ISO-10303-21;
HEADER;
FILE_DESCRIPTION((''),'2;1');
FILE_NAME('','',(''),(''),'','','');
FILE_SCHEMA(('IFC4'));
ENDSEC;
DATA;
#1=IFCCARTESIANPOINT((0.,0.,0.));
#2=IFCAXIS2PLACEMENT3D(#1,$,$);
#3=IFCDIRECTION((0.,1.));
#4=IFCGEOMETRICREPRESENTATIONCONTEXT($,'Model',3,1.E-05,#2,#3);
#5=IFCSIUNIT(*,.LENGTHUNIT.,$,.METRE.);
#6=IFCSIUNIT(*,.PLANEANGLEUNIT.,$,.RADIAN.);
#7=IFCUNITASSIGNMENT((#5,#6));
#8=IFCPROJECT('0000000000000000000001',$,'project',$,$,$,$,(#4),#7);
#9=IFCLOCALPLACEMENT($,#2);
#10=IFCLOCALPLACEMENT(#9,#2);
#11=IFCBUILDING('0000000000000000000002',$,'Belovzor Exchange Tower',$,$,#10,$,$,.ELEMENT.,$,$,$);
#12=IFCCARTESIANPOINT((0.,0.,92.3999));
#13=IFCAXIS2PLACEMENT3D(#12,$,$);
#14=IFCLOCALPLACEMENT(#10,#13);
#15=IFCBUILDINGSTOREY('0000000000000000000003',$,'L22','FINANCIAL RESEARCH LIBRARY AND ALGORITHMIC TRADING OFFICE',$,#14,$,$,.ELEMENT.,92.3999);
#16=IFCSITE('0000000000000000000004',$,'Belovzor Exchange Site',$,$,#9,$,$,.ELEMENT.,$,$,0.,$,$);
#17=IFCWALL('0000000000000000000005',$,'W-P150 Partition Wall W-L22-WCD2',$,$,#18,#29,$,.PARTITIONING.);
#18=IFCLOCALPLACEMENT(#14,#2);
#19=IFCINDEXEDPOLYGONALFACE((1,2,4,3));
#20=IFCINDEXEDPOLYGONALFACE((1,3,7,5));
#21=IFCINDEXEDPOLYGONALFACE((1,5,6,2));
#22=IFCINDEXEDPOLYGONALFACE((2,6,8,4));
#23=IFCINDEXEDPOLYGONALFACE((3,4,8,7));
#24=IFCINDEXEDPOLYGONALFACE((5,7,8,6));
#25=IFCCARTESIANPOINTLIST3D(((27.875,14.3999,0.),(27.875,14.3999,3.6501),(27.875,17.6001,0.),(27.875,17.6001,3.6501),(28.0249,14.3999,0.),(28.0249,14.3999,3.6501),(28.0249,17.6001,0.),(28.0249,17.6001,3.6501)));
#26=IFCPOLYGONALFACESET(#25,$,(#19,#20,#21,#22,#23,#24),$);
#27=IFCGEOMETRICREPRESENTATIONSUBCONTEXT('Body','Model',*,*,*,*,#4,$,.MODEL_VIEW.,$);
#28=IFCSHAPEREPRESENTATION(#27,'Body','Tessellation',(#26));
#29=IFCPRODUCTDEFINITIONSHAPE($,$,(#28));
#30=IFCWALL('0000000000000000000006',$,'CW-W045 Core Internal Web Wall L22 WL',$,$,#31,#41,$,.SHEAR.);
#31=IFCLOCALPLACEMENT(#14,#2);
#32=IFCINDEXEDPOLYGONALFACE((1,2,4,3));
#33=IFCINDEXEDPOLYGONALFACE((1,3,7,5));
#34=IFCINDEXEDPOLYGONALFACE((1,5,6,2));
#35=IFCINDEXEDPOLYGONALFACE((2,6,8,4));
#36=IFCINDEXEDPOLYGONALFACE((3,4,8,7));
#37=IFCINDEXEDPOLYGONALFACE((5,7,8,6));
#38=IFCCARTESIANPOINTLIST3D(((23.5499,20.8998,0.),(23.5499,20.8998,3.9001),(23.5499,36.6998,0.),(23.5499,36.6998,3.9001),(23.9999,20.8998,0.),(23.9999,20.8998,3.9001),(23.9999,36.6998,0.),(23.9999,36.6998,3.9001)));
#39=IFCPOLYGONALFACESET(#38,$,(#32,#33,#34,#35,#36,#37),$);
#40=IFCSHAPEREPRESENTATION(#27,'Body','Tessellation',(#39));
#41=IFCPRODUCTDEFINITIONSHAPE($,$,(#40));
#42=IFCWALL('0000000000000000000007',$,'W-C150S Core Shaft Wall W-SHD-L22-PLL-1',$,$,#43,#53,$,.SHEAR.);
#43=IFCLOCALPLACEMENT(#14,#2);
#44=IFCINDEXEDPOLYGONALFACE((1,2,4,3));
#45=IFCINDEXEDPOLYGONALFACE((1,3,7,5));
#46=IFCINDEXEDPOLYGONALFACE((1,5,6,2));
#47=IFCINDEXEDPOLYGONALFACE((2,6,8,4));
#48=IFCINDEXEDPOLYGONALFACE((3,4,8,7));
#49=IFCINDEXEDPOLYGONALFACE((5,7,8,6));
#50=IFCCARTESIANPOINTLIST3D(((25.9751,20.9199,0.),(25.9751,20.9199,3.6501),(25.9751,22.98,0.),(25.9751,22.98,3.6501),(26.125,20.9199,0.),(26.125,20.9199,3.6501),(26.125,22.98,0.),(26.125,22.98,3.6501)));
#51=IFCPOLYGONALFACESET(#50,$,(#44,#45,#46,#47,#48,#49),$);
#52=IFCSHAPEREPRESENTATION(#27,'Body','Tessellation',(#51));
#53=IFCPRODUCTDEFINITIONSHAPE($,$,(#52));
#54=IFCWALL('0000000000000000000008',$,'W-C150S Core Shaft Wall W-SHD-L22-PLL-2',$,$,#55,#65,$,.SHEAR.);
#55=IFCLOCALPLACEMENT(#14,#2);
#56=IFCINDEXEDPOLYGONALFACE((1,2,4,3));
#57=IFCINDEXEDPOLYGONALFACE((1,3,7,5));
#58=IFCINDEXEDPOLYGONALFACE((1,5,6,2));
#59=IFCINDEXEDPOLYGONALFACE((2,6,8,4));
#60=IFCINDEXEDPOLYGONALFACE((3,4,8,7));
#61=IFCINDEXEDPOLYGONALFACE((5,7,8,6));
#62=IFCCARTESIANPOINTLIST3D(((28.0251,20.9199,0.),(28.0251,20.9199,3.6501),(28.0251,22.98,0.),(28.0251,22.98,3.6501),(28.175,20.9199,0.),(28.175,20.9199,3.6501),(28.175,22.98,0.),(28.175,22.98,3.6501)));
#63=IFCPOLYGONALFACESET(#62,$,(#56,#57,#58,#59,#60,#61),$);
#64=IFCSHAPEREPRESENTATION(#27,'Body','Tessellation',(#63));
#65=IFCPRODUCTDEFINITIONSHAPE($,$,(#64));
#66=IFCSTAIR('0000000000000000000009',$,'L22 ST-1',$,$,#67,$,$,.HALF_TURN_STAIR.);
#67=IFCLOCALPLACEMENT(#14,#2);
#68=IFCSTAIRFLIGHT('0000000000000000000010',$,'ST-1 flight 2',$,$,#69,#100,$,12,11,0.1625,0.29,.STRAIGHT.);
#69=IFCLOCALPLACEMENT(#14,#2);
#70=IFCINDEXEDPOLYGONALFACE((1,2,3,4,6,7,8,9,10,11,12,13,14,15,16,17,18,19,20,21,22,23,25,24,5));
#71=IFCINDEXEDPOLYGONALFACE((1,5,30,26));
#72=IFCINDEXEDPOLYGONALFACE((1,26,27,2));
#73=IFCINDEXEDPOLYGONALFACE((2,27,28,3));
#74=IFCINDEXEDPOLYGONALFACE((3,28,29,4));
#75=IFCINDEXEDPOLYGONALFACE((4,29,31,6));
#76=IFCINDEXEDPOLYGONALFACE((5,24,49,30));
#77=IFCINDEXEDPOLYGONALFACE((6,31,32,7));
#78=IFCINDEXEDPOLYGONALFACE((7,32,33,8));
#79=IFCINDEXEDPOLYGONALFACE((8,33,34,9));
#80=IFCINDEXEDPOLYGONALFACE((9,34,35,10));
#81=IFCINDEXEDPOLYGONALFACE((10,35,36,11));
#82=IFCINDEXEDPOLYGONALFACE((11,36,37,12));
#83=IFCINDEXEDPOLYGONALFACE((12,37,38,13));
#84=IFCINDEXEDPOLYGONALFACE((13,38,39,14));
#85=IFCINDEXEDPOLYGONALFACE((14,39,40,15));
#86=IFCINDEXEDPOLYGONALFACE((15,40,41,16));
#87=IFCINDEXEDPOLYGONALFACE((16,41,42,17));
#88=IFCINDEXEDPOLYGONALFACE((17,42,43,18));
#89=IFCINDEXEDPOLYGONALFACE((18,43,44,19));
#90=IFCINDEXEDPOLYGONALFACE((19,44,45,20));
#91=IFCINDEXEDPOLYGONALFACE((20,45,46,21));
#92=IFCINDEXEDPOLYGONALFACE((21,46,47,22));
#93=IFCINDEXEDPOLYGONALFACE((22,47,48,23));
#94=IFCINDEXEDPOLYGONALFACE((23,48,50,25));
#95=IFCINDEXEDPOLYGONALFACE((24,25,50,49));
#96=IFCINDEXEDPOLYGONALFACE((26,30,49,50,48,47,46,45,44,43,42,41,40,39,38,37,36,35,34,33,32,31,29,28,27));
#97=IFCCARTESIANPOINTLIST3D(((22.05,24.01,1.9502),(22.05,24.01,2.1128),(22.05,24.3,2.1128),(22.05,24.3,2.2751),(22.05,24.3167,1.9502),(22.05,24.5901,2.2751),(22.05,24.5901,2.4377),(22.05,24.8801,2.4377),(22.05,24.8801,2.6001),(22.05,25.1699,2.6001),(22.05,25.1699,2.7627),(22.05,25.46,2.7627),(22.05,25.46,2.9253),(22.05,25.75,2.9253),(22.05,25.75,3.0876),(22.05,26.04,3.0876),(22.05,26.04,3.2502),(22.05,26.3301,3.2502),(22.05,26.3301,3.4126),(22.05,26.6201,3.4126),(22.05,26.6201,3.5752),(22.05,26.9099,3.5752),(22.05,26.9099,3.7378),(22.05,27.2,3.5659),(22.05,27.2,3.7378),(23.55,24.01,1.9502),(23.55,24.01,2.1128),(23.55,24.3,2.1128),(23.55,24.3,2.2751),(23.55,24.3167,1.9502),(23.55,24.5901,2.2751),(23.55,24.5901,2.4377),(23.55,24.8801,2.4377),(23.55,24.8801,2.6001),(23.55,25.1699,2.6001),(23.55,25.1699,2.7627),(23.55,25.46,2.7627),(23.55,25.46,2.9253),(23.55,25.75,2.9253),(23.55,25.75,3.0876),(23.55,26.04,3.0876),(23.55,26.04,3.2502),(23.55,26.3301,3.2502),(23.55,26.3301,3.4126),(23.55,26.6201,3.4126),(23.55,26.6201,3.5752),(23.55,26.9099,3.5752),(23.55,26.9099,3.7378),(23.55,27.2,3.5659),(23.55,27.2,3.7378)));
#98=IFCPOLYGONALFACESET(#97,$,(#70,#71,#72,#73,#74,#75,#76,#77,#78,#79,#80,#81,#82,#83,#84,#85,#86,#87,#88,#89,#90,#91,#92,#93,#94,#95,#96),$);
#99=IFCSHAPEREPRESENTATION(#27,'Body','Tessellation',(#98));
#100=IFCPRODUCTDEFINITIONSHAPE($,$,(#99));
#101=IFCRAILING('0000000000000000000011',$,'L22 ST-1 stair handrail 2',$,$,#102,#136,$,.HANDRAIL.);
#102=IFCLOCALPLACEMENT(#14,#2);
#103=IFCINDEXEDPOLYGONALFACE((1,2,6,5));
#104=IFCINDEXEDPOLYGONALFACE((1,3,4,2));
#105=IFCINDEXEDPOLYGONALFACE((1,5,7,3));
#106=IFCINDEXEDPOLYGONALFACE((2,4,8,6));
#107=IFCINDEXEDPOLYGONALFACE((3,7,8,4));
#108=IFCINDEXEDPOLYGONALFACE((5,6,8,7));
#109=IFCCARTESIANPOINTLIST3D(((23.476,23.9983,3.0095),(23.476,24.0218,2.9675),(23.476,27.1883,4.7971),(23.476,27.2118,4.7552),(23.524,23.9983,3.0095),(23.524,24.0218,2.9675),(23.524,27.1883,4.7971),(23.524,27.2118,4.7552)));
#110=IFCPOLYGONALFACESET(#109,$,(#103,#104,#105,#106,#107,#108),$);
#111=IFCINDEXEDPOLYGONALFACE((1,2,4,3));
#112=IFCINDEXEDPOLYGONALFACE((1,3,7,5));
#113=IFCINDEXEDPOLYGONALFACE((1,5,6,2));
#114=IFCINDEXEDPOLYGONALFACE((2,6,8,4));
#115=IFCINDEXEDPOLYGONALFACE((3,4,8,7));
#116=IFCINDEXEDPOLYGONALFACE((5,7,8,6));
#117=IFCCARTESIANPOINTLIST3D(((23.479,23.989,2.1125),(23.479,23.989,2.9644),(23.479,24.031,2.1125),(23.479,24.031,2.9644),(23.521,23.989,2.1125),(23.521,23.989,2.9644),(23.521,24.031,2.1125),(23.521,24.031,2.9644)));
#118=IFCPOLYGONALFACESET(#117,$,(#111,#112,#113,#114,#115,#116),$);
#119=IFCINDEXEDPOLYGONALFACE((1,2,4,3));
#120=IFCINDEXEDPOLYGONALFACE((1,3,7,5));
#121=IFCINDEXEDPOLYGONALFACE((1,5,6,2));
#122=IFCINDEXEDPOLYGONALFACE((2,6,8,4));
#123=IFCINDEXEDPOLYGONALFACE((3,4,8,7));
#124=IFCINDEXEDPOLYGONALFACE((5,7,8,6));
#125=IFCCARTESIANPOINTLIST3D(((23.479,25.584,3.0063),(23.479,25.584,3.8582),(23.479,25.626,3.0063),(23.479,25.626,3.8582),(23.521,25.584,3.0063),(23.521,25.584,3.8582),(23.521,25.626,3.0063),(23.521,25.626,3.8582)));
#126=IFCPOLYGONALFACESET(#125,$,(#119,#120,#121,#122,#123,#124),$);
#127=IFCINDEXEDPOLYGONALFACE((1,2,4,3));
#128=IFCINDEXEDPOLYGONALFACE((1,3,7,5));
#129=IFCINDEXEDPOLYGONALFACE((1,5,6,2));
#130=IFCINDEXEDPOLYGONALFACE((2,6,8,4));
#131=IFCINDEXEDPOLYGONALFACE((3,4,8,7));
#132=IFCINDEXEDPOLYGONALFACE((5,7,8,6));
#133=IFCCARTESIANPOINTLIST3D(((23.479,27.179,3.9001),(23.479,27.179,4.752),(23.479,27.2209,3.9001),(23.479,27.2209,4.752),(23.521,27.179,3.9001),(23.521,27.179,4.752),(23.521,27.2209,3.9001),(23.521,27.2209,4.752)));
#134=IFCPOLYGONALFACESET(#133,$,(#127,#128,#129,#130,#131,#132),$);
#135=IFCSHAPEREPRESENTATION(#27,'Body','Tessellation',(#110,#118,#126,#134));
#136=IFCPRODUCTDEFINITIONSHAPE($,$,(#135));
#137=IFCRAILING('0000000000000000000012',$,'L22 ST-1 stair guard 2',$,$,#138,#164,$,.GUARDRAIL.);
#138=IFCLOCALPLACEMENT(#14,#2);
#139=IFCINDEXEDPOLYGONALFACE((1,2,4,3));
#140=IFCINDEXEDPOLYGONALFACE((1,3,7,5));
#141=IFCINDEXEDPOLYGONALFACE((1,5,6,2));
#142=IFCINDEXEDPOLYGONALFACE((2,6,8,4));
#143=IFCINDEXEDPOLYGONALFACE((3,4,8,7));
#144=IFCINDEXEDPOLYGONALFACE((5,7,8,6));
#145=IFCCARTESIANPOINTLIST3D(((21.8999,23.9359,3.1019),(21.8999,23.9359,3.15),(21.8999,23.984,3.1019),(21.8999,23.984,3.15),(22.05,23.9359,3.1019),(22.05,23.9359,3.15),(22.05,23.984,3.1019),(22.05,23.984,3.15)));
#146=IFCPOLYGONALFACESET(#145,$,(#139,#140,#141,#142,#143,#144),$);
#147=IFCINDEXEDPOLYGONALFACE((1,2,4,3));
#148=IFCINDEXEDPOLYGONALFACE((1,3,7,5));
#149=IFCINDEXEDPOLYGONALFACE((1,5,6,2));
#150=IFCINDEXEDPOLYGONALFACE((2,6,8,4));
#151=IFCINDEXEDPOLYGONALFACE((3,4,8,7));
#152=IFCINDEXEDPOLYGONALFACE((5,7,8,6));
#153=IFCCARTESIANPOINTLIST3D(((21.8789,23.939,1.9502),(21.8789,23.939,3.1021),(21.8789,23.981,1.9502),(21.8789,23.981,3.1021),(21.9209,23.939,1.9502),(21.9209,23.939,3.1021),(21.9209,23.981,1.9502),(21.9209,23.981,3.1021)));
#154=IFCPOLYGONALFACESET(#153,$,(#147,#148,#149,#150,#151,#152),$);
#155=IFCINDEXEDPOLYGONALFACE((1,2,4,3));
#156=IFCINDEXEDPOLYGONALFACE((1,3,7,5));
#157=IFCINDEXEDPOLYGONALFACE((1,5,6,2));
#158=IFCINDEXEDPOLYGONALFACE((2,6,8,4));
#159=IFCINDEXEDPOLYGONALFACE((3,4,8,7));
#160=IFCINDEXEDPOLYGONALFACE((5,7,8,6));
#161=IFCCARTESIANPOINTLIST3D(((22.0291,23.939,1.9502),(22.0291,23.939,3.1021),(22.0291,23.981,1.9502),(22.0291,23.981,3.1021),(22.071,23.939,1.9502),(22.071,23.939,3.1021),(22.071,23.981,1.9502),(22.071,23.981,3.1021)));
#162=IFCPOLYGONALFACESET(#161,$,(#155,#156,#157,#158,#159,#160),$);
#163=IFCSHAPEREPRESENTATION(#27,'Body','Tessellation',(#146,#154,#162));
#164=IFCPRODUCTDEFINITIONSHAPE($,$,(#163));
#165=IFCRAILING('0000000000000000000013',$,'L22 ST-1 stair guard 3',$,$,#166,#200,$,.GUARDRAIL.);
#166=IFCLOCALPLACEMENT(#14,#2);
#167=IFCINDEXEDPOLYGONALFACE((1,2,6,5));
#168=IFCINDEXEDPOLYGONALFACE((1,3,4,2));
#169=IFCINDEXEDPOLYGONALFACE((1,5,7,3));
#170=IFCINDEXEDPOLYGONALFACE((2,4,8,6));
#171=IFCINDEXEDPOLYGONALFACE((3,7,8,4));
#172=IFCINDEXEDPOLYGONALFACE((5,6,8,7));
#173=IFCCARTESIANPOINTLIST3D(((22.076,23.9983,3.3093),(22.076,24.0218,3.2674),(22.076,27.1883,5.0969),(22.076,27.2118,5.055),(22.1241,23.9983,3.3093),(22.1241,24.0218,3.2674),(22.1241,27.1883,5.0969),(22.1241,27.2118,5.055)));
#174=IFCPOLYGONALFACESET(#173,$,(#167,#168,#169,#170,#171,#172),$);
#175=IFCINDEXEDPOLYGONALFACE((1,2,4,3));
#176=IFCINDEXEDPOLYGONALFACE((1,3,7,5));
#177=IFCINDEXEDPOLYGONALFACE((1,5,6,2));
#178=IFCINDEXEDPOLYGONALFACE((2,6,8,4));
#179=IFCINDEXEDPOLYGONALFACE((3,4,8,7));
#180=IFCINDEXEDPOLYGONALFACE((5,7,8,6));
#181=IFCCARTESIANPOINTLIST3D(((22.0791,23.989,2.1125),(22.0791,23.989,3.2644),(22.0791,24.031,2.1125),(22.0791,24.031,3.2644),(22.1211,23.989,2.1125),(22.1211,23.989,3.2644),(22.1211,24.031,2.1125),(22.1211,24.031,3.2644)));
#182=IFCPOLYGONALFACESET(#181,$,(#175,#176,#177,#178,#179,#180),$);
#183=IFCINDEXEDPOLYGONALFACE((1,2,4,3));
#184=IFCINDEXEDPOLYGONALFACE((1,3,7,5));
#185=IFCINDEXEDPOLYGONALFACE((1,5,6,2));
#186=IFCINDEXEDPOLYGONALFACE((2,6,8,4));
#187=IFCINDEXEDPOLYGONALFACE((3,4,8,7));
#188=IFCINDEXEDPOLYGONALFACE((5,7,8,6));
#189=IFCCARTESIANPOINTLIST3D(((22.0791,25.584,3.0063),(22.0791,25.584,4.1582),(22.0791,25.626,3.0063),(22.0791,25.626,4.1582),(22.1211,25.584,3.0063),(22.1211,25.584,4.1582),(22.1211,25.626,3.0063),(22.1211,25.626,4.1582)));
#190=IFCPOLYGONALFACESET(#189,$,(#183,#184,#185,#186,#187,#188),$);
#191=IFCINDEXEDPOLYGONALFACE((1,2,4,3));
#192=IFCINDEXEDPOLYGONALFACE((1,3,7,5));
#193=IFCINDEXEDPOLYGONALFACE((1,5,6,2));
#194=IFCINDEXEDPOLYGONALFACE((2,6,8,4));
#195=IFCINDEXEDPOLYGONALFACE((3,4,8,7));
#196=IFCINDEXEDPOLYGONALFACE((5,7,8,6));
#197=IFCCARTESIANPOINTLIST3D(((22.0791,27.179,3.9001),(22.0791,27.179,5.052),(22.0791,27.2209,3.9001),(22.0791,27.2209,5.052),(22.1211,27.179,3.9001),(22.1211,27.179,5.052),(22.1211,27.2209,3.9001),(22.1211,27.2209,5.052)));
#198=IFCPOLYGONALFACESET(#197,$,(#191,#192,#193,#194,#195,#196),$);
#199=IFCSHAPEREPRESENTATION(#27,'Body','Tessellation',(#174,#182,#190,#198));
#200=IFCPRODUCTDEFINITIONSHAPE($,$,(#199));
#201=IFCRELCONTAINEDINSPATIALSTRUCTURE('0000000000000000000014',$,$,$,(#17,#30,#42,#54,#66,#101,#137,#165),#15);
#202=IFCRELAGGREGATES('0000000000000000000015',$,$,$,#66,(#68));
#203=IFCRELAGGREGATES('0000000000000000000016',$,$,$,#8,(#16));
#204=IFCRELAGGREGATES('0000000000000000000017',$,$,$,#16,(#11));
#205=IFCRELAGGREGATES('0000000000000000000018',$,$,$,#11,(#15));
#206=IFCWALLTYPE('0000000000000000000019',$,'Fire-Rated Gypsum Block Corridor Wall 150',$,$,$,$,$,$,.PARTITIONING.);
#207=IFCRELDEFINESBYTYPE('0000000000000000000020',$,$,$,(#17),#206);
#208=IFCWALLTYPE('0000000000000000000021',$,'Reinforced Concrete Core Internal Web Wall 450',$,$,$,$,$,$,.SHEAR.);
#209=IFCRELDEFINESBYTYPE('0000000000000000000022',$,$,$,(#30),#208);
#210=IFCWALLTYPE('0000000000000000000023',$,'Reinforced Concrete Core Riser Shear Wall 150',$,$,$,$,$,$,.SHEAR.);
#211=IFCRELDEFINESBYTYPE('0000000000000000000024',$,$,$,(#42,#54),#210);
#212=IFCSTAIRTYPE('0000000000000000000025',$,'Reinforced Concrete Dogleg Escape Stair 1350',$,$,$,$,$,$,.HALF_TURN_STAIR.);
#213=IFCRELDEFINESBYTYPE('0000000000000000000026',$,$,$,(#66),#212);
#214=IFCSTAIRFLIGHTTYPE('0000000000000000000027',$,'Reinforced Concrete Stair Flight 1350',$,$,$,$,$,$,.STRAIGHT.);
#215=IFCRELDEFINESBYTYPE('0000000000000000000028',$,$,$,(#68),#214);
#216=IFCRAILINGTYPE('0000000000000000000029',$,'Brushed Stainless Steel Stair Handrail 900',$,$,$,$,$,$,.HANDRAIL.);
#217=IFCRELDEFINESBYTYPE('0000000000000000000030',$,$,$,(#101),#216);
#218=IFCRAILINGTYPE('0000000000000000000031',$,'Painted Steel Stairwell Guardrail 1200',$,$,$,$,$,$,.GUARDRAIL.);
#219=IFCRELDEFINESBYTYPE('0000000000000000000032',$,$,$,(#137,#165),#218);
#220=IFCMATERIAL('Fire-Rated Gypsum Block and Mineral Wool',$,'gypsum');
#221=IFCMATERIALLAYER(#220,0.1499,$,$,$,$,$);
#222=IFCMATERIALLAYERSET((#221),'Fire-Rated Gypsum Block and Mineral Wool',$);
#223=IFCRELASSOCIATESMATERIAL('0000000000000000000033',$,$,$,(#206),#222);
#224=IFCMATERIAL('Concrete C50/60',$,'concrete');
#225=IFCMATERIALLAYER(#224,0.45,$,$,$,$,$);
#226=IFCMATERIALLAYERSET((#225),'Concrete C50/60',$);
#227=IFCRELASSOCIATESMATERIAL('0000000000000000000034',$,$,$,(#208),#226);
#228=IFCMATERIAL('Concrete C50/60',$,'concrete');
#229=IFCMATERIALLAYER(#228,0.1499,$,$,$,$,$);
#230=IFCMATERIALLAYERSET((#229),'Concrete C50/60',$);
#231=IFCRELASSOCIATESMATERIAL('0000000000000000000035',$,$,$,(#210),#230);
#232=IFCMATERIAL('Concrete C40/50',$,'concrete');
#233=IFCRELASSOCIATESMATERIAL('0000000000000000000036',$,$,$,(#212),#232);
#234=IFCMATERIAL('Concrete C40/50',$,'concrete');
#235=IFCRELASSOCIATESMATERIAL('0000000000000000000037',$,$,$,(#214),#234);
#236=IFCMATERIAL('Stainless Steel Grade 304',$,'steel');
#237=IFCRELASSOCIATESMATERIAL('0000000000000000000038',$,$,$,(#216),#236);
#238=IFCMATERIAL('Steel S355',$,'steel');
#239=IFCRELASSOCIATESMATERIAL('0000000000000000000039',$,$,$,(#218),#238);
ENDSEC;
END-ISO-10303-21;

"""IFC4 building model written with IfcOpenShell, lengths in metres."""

from ifc_helpers import new_model, si_unit, direction, frame, frame_2d, origin, origin_2d, place, context, subcontext, project, spatial, polyline, rectangle, outline, extrude, material, layer, layer_set, type_object, element, aggregate, save


model = new_model("IFC4")

# Units and contexts
model_context = context("Model", 3, precision=1e-05, world=origin(), true_north=direction((0.0, 1.0)))
body_context = subcontext(model_context, "Body", "Model", "MODEL_VIEW")
ifc_project = project(units=[si_unit("LENGTHUNIT", "METRE"), si_unit("PLANEANGLEUNIT", "RADIAN")], contexts=[model_context])

# Site, building, storey
site_placement = place(None, origin())
site = spatial("IfcSite", under=ifc_project, at=site_placement, Name="Belovzor Exchange Site", CompositionType="ELEMENT", RefElevation=0.0)
building_placement = place(site_placement, origin())
building = spatial("IfcBuilding", under=site, at=building_placement, Name="Belovzor Exchange Tower", CompositionType="ELEMENT")
storey_placement = place(building_placement, frame((0.0, 0.0, 92.3999)))
storey = spatial("IfcBuildingStorey", under=building, at=storey_placement, Name="L22", Description="FINANCIAL RESEARCH LIBRARY AND ALGORITHMIC TRADING OFFICE", CompositionType="ELEMENT", Elevation=92.3999)

# Walls
ifc_material_1 = material(Name="Fire-Rated Gypsum Block and Mineral Wool", Category="gypsum")
ifc_layer_1 = layer(ifc_material_1, 0.1499)
ifc_layer_set_1 = layer_set([ifc_layer_1], Name="Fire-Rated Gypsum Block and Mineral Wool")
wall_type_1 = type_object("IfcWallType", Name="Fire-Rated Gypsum Block Corridor Wall 150", PredefinedType="PARTITIONING", material=ifc_layer_set_1)
wall_1_placement = place(storey_placement, frame((27.95, 14.3999, 0.0), z_axis=(0.0, 0.0, 1.0), x_axis=(0.0, 1.0, 0.0)))
element("IfcWall", 1, at=wall_1_placement, inside=storey, type_object=wall_type_1, Name="W-P150 Partition Wall W-L22-WCD2", PredefinedType="PARTITIONING", context=body_context, shape_type="SweptSolid", body=[
    extrude(rectangle(XDim=3.2002, YDim=0.1499, at=frame_2d((1.6001, 0.0))), origin(), (0.0, 0.0, 1.0), 3.6501),
])
ifc_material_2 = material(Name="Concrete C50/60", Category="concrete")
ifc_layer_2 = layer(ifc_material_2, 0.45)
ifc_layer_set_2 = layer_set([ifc_layer_2], Name="Concrete C50/60")
wall_type_2 = type_object("IfcWallType", Name="Reinforced Concrete Core Internal Web Wall 450", PredefinedType="SHEAR", material=ifc_layer_set_2)
wall_2_placement = place(storey_placement, frame((23.7749, 20.8999, 0.0), z_axis=(0.0, 0.0, 1.0), x_axis=(0.0, 1.0, 0.0)))
element("IfcWall", 2, at=wall_2_placement, inside=storey, type_object=wall_type_2, Name="CW-W045 Core Internal Web Wall L22 WL", PredefinedType="SHEAR", context=body_context, shape_type="SweptSolid", body=[
    extrude(rectangle(XDim=15.8, YDim=0.45, at=frame_2d((7.8999, 0.0))), origin(), (0.0, 0.0, 1.0), 3.9001),
])
ifc_material_3 = material(Name="Concrete C50/60", Category="concrete")
ifc_layer_3 = layer(ifc_material_3, 0.1499)
ifc_layer_set_3 = layer_set([ifc_layer_3], Name="Concrete C50/60")
wall_type_3 = type_object("IfcWallType", Name="Reinforced Concrete Core Riser Shear Wall 150", PredefinedType="SHEAR", material=ifc_layer_set_3)
for number, where, z_axis, x_axis, name in (
    (3, (26.05, 20.9199, 0.0), (0.0, 0.0, 1.0), (0.0, 1.0, 0.0), "W-C150S Core Shaft Wall W-SHD-L22-PLL-1"),
    (4, (28.1001, 20.9199, 0.0), (0.0, 0.0, 1.0), (0.0, 1.0, 0.0), "W-C150S Core Shaft Wall W-SHD-L22-PLL-2"),
):
    element("IfcWall", number, at=place(storey_placement, frame(where, z_axis=z_axis, x_axis=x_axis)), inside=storey, type_object=wall_type_3, Name=name, PredefinedType="SHEAR", context=body_context, shape_type="SweptSolid", body=[
        extrude(rectangle(XDim=2.0601, YDim=0.1499, at=frame_2d((1.03, 0.0))), origin(), (0.0, 0.0, 1.0), 3.6501),
    ])

# Stair, stair flight
ifc_material_4 = material(Name="Concrete C40/50", Category="concrete")
stair_type = type_object("IfcStairType", Name="Reinforced Concrete Dogleg Escape Stair 1350", PredefinedType="HALF_TURN_STAIR", material=ifc_material_4)
stair_placement = place(storey_placement, origin())
stair = element("IfcStair", 5, at=stair_placement, inside=storey, type_object=stair_type, Name="L22 ST-1", PredefinedType="HALF_TURN_STAIR")
ifc_material_5 = material(Name="Concrete C40/50", Category="concrete")
stair_flight_type = type_object("IfcStairFlightType", Name="Reinforced Concrete Stair Flight 1350", PredefinedType="STRAIGHT", material=ifc_material_5)
stair_flight_placement = place(storey_placement, frame((22.8, 24.01, 1.9502), z_axis=(0.0, 0.0, 1.0), x_axis=(0.0, 1.0, 0.0)))
stair_flight = element("IfcStairFlight", 6, at=stair_flight_placement, type_object=stair_flight_type, Name="ST-1 flight 2", NumberOfRisers=12, NumberOfTreads=11, PredefinedType="STRAIGHT", RiserHeight=0.1625, TreadLength=0.29, context=body_context, shape_type="SweptSolid", body=[
    extrude(outline(polyline([(0.0, 0.0), (0.0, 0.1626), (0.29, 0.1626), (0.29, 0.325), (0.5801, 0.325), (0.5801, 0.4875), (0.8701, 0.4875), (0.8701, 0.6499), (1.1599, 0.6499), (1.1599, 0.8125), (1.45, 0.8125), (1.45, 0.9751), (1.74, 0.9751), (1.74, 1.1375), (2.03, 1.1375), (2.03, 1.3), (2.3201, 1.3), (2.3201, 1.4624), (2.6101, 1.4624), (2.6101, 1.625), (2.8999, 1.625), (2.8999, 1.7876), (3.1899, 1.7876), (3.1899, 1.95), (3.1899, 1.6157), (0.3066, 0.0), (0.0, 0.0)])), frame((0.0, 0.75, 0.0), z_axis=(0.0, -1.0, 0.0), x_axis=(1.0, 0.0, 0.0)), (0.0, 0.0, 1.0), 1.5),
])
aggregate(stair, [stair_flight])

# Railings
ifc_material_6 = material(Name="Stainless Steel Grade 304", Category="steel")
railing_type_1 = type_object("IfcRailingType", Name="Brushed Stainless Steel Stair Handrail 900", PredefinedType="HANDRAIL", material=ifc_material_6)
railing_1_placement = place(storey_placement, frame((23.5, 24.01, 2.1125)))
element("IfcRailing", 7, at=railing_1_placement, inside=storey, type_object=railing_type_1, Name="L22 ST-1 stair handrail 2", PredefinedType="HANDRAIL", context=body_context, shape_type="SweptSolid", body=[
    extrude(rectangle(XDim=0.0481, YDim=0.0481, at=origin_2d()), frame((0.0, 0.0, 0.876), z_axis=(0.0, 0.872363, 0.48886), x_axis=(-1.0, 0.0, 0.0)), (0.0, 0.0, 1.0), 3.6567),
    extrude(rectangle(XDim=0.042, YDim=0.042, at=origin_2d()), origin(), (0.0, 0.0, 1.0), 0.8518),
    extrude(rectangle(XDim=0.042, YDim=0.042, at=origin_2d()), frame((0.0, 1.595, 0.8938)), (0.0, 0.0, 1.0), 0.8518),
    extrude(rectangle(XDim=0.042, YDim=0.042, at=origin_2d()), frame((0.0, 3.1899, 1.7876)), (0.0, 0.0, 1.0), 0.8518),
])
ifc_material_7 = material(Name="Steel S355", Category="steel")
railing_type_2 = type_object("IfcRailingType", Name="Painted Steel Stairwell Guardrail 1200", PredefinedType="GUARDRAIL", material=ifc_material_7)
railing_2_placement = place(storey_placement, frame((21.8999, 23.96, 1.9502)))
element("IfcRailing", 8, at=railing_2_placement, inside=storey, type_object=railing_type_2, Name="L22 ST-1 stair guard 2", PredefinedType="GUARDRAIL", context=body_context, shape_type="SweptSolid", body=[
    extrude(rectangle(XDim=0.0481, YDim=0.0481, at=origin_2d()), frame((0.0, 0.0, 1.1758), z_axis=(1.0, 0.0, 0.0), x_axis=(0.0, 1.0, 0.0)), (0.0, 0.0, 1.0), 0.1501),
    extrude(rectangle(XDim=0.042, YDim=0.042, at=origin_2d()), origin(), (0.0, 0.0, 1.0), 1.1519),
    extrude(rectangle(XDim=0.042, YDim=0.042, at=origin_2d()), frame((0.1501, 0.0, 0.0)), (0.0, 0.0, 1.0), 1.1519),
])
railing_3_placement = place(storey_placement, frame((22.1001, 24.01, 2.1125)))
element("IfcRailing", 9, at=railing_3_placement, inside=storey, type_object=railing_type_2, Name="L22 ST-1 stair guard 3", PredefinedType="GUARDRAIL", context=body_context, shape_type="SweptSolid", body=[
    extrude(rectangle(XDim=0.0481, YDim=0.0481, at=origin_2d()), frame((0.0, 0.0, 1.1758), z_axis=(0.0, 0.872363, 0.48886), x_axis=(-1.0, 0.0, 0.0)), (0.0, 0.0, 1.0), 3.6567),
    extrude(rectangle(XDim=0.042, YDim=0.042, at=origin_2d()), origin(), (0.0, 0.0, 1.0), 1.1519),
    extrude(rectangle(XDim=0.042, YDim=0.042, at=origin_2d()), frame((0.0, 1.595, 0.8938)), (0.0, 0.0, 1.0), 1.1519),
    extrude(rectangle(XDim=0.042, YDim=0.042, at=origin_2d()), frame((0.0, 3.1899, 1.7876)), (0.0, 0.0, 1.0), 1.1519),
])

save(model, "model.ifc")
